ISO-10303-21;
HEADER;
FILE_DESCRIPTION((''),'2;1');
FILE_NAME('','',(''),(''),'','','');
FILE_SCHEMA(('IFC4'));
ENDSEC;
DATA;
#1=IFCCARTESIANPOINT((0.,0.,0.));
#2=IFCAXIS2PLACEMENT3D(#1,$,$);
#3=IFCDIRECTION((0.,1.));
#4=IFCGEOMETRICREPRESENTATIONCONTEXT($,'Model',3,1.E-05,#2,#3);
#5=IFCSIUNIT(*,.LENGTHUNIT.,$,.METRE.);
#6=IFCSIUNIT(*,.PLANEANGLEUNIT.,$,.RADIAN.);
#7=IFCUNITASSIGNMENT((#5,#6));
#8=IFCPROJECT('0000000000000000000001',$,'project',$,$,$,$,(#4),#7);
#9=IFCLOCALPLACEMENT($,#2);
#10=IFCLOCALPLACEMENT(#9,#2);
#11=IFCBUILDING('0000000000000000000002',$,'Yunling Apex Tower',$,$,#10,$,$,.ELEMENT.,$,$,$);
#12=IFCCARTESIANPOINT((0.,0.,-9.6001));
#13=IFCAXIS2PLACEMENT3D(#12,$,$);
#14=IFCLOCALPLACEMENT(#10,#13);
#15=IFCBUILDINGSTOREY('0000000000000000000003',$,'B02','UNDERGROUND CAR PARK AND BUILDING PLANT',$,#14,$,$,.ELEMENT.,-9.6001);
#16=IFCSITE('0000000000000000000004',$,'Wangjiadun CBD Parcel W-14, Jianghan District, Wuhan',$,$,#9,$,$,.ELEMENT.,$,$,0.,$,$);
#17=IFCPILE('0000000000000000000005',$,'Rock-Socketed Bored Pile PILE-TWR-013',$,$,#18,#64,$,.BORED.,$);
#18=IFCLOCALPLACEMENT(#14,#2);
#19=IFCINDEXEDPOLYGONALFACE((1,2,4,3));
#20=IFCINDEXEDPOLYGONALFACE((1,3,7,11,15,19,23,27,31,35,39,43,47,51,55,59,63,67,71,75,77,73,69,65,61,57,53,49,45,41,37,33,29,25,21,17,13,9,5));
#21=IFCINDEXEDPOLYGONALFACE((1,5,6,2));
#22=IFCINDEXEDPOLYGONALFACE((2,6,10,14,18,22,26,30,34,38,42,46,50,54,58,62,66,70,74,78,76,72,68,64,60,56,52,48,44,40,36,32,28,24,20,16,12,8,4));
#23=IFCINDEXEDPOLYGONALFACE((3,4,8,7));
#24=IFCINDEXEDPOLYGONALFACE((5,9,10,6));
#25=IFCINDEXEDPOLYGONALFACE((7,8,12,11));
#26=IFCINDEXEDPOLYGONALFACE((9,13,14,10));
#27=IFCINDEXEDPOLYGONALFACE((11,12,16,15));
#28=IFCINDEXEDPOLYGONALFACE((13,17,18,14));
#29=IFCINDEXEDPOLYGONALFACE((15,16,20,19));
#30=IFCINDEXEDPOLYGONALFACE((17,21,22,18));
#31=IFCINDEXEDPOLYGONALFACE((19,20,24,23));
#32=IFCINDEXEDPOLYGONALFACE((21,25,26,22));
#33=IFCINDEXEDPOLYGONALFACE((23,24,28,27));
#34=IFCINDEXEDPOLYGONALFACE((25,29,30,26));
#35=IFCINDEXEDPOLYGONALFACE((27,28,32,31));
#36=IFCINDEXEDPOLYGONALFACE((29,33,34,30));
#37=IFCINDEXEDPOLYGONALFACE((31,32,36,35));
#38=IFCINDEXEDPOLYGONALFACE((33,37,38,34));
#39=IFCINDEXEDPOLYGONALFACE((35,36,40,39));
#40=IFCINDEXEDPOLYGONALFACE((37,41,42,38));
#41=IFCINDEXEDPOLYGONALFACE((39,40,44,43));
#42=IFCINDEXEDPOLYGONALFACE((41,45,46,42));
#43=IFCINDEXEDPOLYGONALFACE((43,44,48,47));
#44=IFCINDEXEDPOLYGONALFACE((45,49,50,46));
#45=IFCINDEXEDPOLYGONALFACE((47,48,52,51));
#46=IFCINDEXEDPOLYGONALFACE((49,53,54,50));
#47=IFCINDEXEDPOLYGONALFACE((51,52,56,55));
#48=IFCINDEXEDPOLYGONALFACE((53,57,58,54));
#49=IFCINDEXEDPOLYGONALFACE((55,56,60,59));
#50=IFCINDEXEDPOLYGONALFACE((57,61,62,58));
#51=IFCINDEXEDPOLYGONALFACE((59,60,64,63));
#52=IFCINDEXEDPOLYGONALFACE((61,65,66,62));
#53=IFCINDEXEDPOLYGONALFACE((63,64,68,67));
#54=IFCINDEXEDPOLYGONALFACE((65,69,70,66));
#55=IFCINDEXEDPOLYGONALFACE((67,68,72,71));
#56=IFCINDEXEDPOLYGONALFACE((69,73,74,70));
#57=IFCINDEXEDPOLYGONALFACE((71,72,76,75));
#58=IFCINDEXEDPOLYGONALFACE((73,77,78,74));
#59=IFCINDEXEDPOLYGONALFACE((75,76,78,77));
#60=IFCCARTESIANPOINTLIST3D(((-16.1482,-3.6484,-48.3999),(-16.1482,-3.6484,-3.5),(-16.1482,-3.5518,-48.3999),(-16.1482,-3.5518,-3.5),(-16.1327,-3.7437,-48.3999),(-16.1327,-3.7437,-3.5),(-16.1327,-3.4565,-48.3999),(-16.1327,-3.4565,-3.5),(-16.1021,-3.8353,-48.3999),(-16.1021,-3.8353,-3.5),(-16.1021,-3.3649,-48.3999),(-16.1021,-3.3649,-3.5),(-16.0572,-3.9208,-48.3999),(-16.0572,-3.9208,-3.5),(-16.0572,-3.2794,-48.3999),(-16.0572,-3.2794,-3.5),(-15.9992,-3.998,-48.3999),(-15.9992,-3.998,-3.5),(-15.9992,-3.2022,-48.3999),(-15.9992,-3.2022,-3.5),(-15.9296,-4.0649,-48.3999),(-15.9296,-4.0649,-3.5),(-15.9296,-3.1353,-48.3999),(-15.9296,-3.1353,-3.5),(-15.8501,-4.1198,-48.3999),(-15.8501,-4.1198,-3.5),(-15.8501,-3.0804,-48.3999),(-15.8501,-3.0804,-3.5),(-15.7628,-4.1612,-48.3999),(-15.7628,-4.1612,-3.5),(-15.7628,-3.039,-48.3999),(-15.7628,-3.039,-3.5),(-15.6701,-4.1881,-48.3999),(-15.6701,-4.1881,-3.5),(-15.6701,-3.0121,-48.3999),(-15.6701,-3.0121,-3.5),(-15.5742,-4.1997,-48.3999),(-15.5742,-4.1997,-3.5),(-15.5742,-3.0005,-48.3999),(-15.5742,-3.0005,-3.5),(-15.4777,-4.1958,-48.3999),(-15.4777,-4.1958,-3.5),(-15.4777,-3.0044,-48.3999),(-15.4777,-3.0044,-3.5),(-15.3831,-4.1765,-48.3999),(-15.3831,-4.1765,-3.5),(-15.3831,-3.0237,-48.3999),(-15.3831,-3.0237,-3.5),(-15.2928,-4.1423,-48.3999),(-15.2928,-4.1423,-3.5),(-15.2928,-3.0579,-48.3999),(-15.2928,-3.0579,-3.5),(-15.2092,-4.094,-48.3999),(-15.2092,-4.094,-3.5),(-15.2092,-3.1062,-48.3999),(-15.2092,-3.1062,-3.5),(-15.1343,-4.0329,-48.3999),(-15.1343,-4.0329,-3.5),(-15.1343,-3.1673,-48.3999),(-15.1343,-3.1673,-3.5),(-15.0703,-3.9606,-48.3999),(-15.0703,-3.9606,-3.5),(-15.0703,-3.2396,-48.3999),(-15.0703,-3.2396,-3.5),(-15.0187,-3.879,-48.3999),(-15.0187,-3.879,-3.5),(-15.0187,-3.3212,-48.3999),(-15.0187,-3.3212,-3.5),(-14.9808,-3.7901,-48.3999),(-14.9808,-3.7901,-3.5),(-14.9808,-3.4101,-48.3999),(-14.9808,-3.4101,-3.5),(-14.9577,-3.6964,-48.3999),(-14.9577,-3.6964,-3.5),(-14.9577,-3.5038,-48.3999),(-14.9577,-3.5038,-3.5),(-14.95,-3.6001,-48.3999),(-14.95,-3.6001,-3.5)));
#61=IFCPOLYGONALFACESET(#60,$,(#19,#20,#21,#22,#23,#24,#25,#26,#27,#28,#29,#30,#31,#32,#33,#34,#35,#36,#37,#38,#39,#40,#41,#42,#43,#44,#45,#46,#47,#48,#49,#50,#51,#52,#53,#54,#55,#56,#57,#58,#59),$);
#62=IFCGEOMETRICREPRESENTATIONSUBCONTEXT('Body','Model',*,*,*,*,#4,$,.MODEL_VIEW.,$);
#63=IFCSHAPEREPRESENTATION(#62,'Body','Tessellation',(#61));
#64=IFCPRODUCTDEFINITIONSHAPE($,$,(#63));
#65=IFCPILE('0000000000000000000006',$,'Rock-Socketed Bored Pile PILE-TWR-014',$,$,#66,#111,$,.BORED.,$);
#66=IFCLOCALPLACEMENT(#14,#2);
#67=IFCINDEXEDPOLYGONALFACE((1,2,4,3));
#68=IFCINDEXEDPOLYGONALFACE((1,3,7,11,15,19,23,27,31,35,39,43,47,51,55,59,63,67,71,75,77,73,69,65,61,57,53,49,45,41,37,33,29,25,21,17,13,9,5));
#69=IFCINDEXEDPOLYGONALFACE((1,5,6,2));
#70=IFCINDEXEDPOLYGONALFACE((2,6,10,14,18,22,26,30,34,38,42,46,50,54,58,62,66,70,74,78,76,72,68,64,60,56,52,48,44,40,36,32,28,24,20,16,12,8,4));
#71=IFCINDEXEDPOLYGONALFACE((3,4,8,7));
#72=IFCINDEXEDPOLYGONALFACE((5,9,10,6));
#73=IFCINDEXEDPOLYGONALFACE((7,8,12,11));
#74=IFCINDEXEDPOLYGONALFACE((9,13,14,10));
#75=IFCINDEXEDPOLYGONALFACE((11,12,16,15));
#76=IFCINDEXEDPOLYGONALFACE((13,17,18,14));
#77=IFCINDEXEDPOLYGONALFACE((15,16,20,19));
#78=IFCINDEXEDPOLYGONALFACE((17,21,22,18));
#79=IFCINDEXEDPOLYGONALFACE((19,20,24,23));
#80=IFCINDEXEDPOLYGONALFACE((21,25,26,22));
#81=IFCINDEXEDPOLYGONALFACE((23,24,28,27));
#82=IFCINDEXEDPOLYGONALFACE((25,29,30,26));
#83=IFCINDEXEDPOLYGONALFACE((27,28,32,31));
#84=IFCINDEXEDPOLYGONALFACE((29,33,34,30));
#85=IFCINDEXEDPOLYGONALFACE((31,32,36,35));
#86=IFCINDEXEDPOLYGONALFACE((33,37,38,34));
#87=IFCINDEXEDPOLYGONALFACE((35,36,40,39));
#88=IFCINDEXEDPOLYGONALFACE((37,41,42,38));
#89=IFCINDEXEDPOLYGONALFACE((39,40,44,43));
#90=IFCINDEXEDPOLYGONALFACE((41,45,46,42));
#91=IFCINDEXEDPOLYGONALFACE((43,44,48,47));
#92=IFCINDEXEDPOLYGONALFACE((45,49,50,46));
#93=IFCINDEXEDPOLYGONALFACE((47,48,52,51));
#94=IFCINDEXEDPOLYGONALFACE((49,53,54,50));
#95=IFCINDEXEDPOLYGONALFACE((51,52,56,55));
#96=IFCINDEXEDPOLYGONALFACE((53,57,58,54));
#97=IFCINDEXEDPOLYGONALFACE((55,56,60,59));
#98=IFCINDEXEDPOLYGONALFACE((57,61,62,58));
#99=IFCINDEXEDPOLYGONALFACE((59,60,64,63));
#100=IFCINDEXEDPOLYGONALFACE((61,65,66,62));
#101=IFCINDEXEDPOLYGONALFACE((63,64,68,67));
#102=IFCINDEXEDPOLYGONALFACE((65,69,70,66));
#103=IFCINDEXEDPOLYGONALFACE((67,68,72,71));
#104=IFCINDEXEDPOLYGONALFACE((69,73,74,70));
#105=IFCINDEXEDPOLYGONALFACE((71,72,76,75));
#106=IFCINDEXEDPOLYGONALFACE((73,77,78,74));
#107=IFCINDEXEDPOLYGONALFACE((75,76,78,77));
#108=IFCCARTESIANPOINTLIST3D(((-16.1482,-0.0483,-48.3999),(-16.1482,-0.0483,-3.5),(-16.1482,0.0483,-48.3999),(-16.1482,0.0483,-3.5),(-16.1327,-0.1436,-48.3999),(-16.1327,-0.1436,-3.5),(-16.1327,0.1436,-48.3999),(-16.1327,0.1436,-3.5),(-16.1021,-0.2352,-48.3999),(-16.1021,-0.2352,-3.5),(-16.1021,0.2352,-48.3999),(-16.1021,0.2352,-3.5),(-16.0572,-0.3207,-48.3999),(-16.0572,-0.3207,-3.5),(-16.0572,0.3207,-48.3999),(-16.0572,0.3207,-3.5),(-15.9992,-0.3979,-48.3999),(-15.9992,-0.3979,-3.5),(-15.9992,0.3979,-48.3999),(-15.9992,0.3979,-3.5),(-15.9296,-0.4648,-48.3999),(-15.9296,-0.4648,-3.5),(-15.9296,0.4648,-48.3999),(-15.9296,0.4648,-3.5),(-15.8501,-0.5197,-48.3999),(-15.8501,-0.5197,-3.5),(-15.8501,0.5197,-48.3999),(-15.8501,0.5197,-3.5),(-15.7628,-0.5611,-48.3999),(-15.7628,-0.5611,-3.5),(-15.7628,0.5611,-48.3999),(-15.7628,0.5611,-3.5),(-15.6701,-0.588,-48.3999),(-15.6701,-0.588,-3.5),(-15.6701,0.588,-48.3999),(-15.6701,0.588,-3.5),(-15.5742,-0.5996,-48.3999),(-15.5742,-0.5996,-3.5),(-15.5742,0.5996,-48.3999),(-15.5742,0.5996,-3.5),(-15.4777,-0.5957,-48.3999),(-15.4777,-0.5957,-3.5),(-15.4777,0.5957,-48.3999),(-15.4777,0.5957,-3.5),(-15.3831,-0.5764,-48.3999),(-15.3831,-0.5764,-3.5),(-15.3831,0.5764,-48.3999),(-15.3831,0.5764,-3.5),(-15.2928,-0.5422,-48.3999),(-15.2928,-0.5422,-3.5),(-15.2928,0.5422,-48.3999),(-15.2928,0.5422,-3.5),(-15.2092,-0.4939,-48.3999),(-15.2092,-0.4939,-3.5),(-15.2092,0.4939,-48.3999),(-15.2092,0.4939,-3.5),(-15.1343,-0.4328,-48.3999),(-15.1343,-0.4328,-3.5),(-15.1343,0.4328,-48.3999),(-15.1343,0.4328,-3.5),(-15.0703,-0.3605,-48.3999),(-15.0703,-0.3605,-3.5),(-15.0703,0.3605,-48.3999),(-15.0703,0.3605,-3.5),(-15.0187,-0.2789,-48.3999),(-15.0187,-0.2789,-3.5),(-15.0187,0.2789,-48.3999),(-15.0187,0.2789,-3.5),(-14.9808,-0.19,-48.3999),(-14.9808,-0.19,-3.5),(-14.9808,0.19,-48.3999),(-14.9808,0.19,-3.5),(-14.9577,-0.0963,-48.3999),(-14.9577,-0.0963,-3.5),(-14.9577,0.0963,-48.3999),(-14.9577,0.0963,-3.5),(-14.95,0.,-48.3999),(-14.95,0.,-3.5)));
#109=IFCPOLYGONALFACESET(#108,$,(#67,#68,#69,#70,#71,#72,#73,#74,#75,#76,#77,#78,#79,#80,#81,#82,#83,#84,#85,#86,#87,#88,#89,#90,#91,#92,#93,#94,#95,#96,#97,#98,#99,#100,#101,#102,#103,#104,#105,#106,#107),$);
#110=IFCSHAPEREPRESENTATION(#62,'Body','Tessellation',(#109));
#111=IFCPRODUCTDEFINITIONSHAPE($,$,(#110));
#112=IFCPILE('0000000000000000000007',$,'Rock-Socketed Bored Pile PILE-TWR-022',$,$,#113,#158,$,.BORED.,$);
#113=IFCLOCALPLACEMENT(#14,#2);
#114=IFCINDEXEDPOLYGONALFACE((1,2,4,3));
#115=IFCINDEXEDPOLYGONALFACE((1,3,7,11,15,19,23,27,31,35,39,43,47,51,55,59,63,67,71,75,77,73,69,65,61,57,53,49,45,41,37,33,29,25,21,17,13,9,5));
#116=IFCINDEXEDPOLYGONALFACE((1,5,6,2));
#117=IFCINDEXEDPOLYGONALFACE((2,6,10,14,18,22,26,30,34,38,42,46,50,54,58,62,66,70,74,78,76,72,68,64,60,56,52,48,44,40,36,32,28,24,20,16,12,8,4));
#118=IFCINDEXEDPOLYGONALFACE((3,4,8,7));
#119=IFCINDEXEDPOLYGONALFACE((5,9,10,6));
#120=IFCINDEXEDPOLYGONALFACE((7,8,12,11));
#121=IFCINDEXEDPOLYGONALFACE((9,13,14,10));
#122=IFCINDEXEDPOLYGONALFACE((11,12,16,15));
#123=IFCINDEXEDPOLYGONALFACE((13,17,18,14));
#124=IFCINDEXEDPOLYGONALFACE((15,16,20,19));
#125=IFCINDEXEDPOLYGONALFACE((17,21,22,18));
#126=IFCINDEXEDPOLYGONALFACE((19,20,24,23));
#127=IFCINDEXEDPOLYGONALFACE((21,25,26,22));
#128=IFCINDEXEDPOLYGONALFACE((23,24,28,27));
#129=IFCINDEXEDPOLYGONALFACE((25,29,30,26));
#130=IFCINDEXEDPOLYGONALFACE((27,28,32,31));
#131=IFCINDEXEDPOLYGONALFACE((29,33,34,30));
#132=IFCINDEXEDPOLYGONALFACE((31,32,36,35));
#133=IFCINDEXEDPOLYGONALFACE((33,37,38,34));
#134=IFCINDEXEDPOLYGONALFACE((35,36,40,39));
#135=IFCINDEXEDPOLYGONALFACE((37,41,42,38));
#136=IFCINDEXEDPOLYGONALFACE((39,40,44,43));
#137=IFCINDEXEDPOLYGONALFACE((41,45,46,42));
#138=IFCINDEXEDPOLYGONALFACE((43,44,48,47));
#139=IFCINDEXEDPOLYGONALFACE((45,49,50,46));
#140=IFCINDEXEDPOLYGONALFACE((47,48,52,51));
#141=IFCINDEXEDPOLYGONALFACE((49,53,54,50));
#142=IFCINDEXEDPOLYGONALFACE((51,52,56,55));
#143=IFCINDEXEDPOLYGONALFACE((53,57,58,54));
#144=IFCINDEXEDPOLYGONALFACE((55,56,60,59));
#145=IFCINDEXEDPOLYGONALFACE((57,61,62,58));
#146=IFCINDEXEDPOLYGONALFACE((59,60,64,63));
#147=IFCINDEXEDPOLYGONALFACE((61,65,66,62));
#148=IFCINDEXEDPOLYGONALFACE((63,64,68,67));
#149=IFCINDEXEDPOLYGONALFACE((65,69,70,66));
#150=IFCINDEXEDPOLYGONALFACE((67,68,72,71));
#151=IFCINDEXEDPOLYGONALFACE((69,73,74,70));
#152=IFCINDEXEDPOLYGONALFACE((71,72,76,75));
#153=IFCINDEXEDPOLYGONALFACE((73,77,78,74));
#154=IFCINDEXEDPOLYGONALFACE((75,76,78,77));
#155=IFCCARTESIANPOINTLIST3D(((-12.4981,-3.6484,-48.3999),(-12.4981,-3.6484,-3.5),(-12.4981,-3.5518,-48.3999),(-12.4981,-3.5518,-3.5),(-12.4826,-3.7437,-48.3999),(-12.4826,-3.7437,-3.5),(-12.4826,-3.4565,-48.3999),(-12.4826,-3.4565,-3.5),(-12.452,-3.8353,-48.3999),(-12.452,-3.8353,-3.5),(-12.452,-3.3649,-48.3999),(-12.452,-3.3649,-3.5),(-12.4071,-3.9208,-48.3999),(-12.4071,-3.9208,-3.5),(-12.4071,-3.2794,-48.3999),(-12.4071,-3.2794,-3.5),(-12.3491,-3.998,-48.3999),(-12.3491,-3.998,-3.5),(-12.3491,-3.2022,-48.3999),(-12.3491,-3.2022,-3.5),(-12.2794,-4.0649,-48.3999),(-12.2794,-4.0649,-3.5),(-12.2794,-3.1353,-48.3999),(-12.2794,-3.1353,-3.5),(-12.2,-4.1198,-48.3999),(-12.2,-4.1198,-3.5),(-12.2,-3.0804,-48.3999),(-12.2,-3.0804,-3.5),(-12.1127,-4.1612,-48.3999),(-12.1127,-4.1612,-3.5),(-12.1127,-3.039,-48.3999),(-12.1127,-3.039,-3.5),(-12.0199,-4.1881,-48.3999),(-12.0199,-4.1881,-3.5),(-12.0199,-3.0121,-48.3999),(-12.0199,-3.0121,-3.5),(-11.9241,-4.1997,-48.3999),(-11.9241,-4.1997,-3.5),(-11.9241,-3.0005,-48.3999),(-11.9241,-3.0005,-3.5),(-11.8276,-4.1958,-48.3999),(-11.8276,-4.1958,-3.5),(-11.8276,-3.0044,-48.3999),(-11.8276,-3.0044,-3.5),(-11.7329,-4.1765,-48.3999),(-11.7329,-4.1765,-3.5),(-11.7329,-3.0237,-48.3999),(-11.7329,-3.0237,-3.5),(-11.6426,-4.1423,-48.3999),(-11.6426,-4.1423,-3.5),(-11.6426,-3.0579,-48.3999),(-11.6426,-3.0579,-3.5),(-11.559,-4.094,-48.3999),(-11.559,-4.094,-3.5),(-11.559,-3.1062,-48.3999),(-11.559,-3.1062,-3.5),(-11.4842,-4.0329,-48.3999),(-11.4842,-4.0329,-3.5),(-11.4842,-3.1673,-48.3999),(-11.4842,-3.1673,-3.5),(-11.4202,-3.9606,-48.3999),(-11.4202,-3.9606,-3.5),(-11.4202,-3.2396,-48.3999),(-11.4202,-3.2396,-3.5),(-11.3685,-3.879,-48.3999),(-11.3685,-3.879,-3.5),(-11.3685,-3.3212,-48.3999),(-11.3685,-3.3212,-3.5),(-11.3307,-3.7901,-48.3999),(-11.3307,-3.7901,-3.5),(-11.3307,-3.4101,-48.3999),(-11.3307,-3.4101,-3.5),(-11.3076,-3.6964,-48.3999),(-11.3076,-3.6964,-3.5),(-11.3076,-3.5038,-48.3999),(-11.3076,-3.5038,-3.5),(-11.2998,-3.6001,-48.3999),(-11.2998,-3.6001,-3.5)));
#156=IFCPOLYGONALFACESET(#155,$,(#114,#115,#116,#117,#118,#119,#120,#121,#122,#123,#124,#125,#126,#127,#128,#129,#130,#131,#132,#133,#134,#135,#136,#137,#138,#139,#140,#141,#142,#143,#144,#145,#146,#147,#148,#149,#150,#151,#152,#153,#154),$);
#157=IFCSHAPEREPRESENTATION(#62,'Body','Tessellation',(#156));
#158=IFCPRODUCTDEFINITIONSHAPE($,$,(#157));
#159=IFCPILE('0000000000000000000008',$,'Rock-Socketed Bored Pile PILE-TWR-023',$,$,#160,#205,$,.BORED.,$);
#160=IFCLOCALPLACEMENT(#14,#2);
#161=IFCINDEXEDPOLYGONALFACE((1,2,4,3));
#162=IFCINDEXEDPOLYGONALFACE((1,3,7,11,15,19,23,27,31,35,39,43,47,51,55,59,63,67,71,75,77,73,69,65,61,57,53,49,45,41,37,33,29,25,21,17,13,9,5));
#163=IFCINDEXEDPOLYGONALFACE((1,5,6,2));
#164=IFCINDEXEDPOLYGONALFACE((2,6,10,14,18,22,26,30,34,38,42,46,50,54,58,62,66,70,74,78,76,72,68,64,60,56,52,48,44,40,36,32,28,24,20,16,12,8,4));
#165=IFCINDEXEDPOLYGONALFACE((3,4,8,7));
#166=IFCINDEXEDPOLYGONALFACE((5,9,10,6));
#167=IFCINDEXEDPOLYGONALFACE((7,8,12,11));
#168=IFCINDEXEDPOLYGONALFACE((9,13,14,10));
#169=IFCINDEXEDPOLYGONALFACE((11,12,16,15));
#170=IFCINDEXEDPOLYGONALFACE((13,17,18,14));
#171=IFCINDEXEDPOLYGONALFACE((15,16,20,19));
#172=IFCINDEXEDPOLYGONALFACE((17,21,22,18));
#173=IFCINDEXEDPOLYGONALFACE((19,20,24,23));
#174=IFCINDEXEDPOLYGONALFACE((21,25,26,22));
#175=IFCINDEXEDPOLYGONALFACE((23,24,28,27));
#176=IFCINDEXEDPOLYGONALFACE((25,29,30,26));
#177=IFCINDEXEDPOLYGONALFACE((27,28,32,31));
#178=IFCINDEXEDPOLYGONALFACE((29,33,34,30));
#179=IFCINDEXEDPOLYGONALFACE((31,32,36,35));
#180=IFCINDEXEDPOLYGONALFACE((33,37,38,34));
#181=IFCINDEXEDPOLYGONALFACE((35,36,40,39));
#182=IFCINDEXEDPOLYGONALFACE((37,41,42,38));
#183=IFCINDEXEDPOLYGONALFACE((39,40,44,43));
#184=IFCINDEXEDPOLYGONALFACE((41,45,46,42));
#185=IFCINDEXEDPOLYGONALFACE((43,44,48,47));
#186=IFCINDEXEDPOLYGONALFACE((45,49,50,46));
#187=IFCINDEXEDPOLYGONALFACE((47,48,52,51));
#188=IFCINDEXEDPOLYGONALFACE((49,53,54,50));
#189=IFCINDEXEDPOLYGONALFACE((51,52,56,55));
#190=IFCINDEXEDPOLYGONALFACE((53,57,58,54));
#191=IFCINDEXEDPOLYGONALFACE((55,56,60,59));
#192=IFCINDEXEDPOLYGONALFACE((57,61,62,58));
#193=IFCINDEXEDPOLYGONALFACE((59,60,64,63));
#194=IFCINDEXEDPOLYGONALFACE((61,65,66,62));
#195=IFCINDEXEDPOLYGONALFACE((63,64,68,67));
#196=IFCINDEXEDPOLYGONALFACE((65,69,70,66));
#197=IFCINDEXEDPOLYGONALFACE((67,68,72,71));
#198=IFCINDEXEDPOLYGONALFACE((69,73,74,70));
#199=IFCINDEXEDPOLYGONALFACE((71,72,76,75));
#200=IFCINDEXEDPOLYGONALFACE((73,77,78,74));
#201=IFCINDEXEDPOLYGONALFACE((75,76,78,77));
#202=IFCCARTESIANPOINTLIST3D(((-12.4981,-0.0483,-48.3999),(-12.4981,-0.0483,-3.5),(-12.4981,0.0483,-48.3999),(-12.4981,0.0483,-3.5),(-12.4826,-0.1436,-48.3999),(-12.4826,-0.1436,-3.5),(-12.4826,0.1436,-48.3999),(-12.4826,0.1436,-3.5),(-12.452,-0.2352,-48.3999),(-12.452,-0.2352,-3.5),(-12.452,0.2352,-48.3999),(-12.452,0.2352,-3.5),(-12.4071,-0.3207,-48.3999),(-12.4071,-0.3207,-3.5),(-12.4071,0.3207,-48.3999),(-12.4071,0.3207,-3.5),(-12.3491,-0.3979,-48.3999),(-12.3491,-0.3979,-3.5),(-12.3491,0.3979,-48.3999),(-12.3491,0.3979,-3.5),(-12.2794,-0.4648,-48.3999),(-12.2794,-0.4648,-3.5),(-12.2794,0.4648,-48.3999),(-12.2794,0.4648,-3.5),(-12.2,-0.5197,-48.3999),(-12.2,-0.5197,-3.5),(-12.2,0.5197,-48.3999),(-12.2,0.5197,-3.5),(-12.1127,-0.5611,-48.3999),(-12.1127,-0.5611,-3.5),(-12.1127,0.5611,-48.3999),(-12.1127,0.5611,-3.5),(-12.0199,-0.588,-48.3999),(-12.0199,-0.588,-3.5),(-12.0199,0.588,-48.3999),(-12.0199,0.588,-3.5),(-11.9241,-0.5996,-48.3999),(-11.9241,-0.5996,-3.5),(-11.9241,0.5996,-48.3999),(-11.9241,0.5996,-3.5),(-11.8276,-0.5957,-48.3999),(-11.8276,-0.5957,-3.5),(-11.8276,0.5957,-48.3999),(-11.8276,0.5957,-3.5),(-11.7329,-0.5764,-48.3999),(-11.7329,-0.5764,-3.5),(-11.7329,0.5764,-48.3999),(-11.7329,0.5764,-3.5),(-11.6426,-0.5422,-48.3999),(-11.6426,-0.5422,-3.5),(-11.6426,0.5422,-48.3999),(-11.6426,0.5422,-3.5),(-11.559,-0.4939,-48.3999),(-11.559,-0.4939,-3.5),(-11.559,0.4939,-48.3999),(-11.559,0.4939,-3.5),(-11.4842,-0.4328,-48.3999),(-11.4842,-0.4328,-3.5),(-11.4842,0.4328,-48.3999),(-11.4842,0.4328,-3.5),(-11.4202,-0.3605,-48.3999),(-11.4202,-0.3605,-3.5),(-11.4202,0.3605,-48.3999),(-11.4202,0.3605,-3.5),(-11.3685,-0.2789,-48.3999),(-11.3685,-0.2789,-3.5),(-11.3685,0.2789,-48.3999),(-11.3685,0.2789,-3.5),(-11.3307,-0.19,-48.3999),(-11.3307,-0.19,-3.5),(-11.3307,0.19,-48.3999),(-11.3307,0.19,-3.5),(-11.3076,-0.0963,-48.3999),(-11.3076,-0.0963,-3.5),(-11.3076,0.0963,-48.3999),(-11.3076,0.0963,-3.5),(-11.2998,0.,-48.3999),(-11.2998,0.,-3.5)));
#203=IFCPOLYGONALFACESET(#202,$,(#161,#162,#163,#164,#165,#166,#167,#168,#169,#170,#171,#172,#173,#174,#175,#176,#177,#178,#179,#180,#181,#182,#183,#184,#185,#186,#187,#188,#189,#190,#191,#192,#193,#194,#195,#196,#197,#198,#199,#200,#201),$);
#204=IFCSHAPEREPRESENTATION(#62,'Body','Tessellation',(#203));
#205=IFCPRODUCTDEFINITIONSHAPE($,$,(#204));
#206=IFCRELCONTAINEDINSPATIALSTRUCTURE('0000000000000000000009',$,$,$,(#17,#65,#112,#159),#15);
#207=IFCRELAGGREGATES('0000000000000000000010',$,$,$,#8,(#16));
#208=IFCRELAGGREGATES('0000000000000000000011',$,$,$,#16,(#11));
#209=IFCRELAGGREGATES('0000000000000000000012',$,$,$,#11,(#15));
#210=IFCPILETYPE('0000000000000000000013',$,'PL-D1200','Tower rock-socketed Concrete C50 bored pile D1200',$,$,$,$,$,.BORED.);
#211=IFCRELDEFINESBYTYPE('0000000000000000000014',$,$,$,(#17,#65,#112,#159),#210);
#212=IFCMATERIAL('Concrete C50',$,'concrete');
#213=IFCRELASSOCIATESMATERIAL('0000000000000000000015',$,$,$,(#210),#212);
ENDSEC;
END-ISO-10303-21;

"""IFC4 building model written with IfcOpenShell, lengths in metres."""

from ifc_helpers import new_model, si_unit, direction, frame, origin, origin_2d, place, context, subcontext, project, spatial, circle, extrude, source, transform, mapped, material, material_profile, profile_set, type_object, element, save


model = new_model("IFC4")

# Units and contexts
model_context = context("Model", 3, precision=1e-05, world=origin(), true_north=direction((0.0, 1.0)))
body_context = subcontext(model_context, "Body", "Model", "MODEL_VIEW")
ifc_project = project(units=[si_unit("LENGTHUNIT", "METRE"), si_unit("PLANEANGLEUNIT", "RADIAN")], contexts=[model_context])

# Site, building, storey
site_placement = place(None, origin())
site = spatial("IfcSite", under=ifc_project, at=site_placement, Name="Wangjiadun CBD Parcel W-14, Jianghan District, Wuhan", CompositionType="ELEMENT", RefElevation=0.0)
building_placement = place(site_placement, origin())
building = spatial("IfcBuilding", under=site, at=building_placement, Name="Yunling Apex Tower", CompositionType="ELEMENT")
storey_placement = place(building_placement, frame((0.0, 0.0, -9.6001)))
storey = spatial("IfcBuildingStorey", under=building, at=storey_placement, Name="B02", Description="UNDERGROUND CAR PARK AND BUILDING PLANT", CompositionType="ELEMENT", Elevation=-9.6001)

# Piles
ifc_material_1 = material(Name="Concrete C50", Category="concrete")
ifc_material_profile_1 = material_profile(ifc_material_1, circle(Radius=0.6001, at=origin_2d()))
ifc_profile_set_1 = profile_set([ifc_material_profile_1], Name="Concrete C50")
pile_type = type_object("IfcPileType", Name="PL-D1200", Description="Tower rock-socketed Concrete C50 bored pile D1200", PredefinedType="BORED", material=ifc_profile_set_1)
shared_shape_1 = source(origin(), body_context, "Body", "SweptSolid", [
    extrude(circle(Radius=0.6001, at=origin_2d()), origin(), (0.0, 0.0, 1.0), 44.8999),
])
for number, where, z_axis, x_axis, name in (
    (1, (-15.55, -3.6001, -3.5), (0.0, 0.0, -1.0), (1.0, 0.0, 0.0), "Rock-Socketed Bored Pile PILE-TWR-013"),
    (2, (-15.55, 0.0, -3.5), (0.0, 0.0, -1.0), (1.0, 0.0, 0.0), "Rock-Socketed Bored Pile PILE-TWR-014"),
    (3, (-11.8999, -3.6001, -3.5), (0.0, 0.0, -1.0), (1.0, 0.0, 0.0), "Rock-Socketed Bored Pile PILE-TWR-022"),
    (4, (-11.8999, 0.0, -3.5), (0.0, 0.0, -1.0), (1.0, 0.0, 0.0), "Rock-Socketed Bored Pile PILE-TWR-023"),
):
    element("IfcPile", number, at=place(storey_placement, frame(where, z_axis=z_axis, x_axis=x_axis)), inside=storey, type_object=pile_type, Name=name, PredefinedType="BORED", context=body_context, shape_type="MappedRepresentation", body=[
        mapped(shared_shape_1, transform((0.0, 0.0, 0.0), scale=1.0)),
    ])

save(model, "model.ifc")
